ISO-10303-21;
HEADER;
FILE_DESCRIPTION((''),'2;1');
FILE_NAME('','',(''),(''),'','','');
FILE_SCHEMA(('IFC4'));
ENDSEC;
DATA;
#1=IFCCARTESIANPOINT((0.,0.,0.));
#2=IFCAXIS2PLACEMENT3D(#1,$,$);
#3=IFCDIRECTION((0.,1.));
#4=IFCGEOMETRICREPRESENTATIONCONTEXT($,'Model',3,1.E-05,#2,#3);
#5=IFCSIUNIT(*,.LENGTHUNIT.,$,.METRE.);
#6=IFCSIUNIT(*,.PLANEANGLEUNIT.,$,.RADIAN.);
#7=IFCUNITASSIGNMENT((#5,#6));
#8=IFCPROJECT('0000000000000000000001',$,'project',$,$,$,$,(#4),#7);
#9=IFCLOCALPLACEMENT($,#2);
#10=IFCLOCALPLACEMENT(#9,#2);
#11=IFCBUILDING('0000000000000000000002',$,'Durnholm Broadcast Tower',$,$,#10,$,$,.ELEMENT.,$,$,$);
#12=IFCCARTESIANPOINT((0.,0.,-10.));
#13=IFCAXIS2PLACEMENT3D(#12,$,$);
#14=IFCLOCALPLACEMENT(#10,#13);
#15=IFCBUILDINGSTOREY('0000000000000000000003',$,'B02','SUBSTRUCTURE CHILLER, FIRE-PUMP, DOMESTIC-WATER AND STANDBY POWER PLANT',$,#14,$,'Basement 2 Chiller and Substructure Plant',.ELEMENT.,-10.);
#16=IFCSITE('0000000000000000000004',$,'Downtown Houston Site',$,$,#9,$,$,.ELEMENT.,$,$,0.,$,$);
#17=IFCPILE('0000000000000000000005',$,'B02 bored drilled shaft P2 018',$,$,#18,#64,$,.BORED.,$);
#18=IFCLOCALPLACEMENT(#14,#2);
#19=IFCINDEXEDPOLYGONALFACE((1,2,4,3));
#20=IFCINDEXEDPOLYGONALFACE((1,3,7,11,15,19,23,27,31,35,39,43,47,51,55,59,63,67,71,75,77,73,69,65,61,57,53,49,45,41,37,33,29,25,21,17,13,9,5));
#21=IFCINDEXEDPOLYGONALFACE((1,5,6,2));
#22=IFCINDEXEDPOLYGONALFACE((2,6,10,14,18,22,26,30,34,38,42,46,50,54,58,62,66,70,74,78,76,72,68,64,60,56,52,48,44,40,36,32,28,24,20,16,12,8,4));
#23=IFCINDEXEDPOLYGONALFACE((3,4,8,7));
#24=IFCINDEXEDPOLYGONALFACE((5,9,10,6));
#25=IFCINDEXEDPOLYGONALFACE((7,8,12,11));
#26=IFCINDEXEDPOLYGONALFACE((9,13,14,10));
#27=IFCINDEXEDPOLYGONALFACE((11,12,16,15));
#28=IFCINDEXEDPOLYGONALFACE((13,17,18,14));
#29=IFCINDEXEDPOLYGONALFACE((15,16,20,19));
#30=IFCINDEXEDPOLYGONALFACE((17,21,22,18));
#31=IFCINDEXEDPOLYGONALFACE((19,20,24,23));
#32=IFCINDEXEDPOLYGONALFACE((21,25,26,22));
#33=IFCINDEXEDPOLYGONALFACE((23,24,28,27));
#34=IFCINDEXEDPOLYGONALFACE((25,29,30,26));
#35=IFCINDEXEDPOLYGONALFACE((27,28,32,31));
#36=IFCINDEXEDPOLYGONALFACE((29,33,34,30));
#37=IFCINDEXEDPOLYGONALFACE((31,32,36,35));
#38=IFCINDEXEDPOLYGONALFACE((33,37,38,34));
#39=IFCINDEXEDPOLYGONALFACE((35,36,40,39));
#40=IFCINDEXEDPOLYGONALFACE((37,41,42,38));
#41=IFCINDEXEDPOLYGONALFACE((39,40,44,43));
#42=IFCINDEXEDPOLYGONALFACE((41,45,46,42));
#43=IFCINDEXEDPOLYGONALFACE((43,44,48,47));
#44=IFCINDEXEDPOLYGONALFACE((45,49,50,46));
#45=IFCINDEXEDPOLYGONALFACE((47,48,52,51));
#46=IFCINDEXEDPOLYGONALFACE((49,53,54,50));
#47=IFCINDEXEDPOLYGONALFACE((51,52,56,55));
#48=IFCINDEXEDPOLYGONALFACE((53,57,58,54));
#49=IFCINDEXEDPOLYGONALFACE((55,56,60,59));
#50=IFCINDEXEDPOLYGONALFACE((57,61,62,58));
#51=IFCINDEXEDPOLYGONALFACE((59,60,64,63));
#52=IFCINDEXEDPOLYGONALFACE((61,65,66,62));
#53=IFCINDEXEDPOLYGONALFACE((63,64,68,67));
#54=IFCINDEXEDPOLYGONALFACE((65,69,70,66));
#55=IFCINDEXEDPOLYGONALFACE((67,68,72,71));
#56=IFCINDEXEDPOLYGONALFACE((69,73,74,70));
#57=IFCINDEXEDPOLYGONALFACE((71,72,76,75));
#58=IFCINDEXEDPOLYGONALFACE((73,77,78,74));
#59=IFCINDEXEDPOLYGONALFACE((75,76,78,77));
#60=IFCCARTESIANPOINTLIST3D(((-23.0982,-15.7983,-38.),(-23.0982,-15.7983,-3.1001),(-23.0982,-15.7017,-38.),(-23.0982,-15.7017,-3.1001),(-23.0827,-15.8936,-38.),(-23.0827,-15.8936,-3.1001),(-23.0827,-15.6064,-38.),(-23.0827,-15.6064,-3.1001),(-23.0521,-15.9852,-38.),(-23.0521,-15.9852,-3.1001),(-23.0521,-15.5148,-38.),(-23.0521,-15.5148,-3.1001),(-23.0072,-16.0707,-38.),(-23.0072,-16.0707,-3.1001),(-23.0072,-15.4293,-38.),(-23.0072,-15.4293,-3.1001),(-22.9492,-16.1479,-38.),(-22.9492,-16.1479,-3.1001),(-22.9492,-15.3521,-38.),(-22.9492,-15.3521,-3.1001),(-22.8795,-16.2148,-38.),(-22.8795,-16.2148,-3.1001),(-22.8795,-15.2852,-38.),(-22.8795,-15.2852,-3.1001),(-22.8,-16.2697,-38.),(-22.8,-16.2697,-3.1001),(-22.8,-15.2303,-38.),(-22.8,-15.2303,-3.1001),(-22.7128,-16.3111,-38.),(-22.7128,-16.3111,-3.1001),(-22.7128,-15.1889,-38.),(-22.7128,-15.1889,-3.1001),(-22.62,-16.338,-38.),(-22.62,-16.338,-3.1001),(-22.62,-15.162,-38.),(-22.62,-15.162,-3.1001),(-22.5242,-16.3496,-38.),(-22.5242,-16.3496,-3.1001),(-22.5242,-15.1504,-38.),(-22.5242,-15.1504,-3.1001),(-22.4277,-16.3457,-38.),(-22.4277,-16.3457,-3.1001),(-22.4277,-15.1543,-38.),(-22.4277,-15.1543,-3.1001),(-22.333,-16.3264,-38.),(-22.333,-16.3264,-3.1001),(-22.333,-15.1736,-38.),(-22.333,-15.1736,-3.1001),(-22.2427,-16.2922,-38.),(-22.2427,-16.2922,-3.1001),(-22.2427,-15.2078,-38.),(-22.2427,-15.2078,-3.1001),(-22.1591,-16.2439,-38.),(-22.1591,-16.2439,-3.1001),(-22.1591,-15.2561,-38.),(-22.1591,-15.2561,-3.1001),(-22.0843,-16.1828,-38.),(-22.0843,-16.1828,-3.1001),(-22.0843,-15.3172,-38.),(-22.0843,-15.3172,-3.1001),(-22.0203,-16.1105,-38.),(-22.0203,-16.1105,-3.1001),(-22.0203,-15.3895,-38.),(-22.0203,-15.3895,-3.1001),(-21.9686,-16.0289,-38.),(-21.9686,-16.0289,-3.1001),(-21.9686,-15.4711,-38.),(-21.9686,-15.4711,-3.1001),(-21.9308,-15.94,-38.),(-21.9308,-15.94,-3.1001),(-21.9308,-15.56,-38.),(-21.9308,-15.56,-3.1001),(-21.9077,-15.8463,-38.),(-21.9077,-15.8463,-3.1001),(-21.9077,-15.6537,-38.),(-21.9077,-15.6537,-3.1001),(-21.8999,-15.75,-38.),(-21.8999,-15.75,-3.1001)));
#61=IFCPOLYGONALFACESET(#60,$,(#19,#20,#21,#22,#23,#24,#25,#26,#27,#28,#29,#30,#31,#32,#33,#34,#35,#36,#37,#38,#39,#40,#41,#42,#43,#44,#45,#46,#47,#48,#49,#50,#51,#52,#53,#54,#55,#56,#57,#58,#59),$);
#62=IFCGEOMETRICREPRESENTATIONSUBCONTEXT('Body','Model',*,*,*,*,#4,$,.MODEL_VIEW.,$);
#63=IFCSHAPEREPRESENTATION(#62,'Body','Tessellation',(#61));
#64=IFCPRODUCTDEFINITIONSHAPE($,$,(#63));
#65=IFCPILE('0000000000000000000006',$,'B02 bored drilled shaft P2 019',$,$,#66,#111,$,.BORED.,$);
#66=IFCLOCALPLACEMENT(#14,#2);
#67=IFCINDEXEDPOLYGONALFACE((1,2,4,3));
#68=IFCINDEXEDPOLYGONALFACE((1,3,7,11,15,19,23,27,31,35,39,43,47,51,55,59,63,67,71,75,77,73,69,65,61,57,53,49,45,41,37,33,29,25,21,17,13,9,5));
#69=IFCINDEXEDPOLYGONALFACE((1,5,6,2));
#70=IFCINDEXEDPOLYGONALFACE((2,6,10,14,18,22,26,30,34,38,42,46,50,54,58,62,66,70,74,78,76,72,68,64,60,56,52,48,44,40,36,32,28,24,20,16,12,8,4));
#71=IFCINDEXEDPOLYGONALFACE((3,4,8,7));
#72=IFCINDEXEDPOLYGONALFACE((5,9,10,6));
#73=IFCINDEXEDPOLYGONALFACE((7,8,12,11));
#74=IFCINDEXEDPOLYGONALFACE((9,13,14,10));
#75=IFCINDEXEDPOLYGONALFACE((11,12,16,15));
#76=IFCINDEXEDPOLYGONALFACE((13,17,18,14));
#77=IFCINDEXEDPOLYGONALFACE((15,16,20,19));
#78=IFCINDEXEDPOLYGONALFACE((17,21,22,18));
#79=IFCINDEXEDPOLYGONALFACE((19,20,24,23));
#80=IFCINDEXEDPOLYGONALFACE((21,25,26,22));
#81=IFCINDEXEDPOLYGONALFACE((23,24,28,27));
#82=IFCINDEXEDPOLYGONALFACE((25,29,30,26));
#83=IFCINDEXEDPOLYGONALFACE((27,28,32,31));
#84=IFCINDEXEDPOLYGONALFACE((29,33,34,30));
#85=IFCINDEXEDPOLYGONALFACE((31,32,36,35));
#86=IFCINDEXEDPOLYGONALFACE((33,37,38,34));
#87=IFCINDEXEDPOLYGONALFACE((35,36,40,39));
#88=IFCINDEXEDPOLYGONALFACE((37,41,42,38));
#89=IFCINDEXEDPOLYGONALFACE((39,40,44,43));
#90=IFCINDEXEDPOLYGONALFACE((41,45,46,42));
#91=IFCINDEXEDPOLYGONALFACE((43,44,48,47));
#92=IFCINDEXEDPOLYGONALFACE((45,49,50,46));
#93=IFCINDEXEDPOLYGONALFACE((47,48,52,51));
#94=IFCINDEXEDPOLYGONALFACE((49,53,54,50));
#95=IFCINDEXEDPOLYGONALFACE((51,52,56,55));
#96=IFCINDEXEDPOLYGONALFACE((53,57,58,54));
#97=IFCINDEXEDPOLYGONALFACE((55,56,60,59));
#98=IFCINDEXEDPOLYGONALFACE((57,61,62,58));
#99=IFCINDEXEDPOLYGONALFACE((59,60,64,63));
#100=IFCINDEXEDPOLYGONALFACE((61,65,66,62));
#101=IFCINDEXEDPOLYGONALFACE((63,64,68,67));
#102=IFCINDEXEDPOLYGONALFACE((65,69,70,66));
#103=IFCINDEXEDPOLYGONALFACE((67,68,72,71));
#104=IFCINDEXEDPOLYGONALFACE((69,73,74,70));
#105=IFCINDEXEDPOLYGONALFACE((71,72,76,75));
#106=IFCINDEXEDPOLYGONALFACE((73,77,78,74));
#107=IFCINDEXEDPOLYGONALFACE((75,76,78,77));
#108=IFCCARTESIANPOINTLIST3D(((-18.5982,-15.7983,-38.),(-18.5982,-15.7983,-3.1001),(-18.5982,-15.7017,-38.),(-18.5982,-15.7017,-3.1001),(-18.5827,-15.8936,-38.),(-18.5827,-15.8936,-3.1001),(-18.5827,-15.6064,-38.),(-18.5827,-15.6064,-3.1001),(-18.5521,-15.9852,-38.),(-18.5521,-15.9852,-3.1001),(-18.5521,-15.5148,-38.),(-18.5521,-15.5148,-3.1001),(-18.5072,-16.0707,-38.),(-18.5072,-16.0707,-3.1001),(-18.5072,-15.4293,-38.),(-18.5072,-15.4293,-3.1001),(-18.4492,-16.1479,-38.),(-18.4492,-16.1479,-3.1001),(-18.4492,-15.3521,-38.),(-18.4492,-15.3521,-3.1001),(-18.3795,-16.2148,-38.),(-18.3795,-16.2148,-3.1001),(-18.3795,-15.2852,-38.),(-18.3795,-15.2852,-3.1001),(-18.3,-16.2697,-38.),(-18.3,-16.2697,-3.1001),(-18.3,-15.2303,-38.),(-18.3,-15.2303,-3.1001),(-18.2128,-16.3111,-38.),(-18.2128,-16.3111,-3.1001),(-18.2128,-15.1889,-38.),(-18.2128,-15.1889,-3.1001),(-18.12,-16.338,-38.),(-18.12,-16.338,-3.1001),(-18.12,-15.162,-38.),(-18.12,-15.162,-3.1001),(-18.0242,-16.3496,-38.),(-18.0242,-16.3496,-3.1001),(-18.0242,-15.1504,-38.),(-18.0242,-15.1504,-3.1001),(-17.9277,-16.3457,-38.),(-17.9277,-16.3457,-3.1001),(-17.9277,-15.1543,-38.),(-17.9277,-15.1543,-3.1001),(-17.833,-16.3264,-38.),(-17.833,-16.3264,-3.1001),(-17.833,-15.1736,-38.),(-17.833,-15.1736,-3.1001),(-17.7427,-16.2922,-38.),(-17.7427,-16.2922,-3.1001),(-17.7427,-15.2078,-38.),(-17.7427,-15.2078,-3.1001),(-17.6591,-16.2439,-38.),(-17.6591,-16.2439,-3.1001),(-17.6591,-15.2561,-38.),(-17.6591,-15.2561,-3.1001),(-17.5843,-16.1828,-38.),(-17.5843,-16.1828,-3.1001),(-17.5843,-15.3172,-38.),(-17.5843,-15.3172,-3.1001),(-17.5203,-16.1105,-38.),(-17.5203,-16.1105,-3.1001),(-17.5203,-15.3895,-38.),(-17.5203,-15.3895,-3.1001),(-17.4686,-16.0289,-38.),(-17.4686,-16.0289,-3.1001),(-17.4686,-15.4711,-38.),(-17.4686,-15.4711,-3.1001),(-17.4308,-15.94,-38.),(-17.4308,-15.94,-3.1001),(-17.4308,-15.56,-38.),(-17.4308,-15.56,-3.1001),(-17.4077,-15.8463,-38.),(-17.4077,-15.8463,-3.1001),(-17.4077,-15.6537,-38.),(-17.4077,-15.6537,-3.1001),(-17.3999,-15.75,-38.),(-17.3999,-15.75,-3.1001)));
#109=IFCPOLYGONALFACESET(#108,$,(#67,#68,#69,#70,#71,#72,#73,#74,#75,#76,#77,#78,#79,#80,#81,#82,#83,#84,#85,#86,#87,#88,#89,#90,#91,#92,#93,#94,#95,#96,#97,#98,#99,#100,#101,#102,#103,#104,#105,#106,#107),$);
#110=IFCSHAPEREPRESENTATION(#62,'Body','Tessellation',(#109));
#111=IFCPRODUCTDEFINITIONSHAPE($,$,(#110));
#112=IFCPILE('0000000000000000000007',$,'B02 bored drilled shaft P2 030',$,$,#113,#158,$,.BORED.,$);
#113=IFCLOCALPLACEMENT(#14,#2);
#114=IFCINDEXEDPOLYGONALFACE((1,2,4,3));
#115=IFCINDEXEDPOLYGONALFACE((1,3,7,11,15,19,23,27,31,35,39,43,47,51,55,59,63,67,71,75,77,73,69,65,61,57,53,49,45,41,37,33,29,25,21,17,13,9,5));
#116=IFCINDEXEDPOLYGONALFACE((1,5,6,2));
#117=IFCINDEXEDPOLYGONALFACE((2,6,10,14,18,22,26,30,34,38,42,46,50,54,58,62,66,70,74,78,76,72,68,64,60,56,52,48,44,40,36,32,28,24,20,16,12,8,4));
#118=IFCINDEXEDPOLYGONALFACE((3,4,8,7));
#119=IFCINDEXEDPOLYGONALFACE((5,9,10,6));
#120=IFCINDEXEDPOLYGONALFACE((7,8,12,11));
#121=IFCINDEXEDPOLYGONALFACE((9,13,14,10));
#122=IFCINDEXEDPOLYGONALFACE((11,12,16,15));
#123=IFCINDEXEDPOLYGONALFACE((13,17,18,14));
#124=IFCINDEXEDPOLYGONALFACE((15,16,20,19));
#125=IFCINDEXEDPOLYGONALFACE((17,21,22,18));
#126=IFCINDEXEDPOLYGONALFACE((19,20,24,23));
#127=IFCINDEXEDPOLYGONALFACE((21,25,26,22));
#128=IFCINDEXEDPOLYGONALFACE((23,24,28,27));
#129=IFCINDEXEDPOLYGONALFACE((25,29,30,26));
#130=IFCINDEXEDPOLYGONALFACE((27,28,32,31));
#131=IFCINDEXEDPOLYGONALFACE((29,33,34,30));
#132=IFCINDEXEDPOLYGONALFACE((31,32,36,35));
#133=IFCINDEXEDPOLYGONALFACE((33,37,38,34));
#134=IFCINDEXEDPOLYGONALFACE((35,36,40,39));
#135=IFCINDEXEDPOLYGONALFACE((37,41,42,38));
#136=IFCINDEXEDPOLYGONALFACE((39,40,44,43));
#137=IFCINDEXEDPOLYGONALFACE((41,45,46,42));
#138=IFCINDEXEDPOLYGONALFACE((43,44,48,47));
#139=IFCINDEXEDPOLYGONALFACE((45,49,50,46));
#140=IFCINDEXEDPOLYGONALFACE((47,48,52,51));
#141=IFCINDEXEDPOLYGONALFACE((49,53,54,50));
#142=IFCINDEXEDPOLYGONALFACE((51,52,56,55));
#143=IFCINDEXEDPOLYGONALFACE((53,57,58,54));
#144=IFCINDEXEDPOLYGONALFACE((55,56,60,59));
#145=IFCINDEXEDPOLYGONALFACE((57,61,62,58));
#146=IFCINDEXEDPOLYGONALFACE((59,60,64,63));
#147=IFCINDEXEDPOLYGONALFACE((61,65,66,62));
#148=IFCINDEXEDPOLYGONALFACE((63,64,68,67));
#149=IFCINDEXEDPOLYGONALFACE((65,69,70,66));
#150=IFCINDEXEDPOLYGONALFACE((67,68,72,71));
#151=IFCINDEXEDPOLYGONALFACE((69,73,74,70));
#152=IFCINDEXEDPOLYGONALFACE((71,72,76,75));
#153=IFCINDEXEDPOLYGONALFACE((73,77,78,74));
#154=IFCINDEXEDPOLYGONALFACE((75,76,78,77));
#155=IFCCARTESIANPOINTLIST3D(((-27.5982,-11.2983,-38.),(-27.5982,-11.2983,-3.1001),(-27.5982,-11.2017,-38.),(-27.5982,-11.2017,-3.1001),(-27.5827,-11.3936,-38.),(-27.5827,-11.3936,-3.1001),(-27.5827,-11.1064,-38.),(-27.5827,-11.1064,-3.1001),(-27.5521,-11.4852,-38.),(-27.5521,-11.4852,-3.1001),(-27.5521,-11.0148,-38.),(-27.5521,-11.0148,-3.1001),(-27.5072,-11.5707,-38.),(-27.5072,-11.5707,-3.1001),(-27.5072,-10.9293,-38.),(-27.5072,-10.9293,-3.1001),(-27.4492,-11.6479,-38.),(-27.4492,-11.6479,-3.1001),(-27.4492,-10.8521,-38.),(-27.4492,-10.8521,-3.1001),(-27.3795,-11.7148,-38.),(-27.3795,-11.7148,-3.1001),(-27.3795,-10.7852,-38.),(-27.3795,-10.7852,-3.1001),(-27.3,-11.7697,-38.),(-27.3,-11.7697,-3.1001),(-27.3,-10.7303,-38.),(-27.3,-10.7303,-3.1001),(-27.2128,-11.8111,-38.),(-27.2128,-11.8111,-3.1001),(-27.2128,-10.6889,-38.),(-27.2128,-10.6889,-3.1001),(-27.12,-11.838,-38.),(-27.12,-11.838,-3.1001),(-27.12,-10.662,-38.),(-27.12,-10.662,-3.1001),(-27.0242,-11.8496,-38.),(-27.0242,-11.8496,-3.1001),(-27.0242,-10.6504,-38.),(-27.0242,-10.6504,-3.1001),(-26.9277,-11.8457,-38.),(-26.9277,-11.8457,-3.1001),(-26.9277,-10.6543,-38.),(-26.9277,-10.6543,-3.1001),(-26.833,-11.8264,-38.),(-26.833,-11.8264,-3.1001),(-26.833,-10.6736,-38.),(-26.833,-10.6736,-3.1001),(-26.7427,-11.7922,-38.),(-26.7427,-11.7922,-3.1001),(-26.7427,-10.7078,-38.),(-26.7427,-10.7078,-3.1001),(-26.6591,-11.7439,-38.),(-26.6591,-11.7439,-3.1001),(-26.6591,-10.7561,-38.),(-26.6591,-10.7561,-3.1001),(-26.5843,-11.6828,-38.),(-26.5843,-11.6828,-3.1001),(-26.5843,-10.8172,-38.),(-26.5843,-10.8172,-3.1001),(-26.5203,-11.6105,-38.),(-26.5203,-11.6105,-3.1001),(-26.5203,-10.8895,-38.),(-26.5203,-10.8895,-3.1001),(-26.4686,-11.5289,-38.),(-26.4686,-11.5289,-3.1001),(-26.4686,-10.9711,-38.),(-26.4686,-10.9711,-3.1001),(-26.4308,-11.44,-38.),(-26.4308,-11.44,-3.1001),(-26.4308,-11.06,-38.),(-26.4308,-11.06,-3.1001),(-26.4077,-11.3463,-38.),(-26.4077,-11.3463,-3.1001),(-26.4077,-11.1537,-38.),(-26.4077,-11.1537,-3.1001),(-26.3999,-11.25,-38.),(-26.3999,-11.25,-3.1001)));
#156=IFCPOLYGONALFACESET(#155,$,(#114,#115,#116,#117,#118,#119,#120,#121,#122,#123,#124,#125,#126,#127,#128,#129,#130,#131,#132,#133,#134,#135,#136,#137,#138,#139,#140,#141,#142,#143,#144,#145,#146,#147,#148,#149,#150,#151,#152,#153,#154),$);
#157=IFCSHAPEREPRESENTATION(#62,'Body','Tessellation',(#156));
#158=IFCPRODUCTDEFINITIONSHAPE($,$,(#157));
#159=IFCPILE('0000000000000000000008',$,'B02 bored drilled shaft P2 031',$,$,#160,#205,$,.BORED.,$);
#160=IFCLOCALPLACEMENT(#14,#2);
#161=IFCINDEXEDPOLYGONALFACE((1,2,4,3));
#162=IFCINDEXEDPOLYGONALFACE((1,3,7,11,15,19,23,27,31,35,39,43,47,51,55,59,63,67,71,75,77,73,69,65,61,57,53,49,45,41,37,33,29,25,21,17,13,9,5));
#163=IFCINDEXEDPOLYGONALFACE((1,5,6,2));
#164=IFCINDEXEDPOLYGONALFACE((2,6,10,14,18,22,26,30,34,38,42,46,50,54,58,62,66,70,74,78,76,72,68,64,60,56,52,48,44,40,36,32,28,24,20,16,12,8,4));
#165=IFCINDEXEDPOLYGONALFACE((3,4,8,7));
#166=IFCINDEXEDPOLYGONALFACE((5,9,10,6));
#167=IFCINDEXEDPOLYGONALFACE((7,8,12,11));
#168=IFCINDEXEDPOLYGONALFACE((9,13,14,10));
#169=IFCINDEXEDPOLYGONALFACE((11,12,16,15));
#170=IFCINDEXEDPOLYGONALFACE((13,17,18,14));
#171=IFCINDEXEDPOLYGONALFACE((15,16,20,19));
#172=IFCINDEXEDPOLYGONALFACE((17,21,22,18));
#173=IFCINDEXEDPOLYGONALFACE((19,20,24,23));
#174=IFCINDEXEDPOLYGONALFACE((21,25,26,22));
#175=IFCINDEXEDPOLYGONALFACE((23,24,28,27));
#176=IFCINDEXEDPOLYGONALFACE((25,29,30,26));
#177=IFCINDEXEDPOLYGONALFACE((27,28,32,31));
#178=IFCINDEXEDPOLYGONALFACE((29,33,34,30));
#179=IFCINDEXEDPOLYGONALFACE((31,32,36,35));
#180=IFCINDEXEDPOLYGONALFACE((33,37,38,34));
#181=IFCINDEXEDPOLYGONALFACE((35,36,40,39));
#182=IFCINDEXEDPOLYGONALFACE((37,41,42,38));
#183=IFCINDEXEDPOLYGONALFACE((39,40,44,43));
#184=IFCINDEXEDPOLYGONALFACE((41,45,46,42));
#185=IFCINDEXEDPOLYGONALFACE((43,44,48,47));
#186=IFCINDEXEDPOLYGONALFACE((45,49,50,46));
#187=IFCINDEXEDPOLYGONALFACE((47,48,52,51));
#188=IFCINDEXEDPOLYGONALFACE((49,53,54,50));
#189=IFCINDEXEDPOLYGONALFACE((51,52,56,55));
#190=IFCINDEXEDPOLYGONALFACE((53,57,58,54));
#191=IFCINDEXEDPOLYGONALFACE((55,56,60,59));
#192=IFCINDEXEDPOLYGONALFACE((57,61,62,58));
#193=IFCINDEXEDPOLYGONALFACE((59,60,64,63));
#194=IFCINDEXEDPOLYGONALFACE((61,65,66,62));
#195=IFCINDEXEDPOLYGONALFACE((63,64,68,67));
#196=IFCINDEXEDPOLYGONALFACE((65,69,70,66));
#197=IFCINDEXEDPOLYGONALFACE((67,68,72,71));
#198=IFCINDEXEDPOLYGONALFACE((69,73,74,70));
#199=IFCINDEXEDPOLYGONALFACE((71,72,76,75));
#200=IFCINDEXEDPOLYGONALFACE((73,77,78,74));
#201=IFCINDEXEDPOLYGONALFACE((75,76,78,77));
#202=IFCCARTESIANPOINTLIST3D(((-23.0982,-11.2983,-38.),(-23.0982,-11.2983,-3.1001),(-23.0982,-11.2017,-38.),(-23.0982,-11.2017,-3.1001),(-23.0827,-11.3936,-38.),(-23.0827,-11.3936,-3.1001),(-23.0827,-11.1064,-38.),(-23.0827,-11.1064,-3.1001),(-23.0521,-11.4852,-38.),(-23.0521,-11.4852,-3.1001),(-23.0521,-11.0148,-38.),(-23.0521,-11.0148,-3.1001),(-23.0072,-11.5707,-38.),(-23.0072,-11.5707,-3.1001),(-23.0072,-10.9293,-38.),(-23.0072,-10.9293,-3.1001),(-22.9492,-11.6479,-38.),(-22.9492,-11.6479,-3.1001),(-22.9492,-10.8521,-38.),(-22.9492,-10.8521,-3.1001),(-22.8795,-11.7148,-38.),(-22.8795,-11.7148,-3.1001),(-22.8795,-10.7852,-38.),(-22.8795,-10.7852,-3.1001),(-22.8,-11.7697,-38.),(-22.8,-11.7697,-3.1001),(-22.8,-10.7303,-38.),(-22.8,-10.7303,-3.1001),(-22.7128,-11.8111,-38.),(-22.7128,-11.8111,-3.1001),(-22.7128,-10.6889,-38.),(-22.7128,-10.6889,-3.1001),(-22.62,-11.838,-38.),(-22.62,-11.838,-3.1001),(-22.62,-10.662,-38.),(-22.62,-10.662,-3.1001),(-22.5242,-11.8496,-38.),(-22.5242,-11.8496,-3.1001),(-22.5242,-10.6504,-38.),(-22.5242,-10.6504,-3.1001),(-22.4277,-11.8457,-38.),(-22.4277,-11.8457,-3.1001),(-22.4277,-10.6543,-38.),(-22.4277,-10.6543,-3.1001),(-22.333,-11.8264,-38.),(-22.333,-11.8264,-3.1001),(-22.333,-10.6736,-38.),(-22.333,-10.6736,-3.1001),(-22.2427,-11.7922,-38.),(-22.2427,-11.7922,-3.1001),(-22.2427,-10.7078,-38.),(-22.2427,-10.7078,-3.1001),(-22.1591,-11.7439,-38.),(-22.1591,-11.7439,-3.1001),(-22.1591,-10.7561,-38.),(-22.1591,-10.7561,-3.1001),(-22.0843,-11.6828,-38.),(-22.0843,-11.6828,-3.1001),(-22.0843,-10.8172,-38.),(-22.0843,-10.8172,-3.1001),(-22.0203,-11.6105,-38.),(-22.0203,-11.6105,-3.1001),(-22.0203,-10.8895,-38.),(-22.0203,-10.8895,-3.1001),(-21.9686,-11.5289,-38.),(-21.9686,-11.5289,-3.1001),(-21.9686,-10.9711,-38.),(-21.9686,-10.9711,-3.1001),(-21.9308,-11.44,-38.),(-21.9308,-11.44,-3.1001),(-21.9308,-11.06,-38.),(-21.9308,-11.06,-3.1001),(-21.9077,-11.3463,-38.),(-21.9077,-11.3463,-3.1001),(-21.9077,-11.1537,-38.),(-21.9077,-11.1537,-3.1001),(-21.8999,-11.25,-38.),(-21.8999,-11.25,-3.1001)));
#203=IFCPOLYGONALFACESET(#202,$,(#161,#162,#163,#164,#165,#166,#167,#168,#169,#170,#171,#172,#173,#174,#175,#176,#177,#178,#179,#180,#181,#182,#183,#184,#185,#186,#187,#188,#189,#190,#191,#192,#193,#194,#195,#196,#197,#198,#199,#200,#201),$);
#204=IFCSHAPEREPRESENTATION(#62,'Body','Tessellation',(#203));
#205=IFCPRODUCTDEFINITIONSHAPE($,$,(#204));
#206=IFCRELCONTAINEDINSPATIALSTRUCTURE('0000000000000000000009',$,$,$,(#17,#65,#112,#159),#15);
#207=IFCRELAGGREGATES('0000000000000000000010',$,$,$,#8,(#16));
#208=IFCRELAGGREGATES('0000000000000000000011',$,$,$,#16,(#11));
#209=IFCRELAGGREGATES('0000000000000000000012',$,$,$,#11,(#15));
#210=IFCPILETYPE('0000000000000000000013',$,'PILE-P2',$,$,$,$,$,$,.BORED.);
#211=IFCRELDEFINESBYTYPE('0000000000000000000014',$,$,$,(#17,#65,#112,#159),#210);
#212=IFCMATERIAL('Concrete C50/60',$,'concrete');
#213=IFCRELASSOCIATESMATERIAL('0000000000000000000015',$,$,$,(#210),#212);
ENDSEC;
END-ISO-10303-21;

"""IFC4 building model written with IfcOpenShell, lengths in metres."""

from ifc_helpers import new_model, si_unit, direction, frame, origin, origin_2d, place, context, subcontext, project, spatial, circle, extrude, source, transform, mapped, material, material_profile, profile_set, type_object, type_shapes, element, save


model = new_model("IFC4")

# Units and contexts
model_context = context("Model", 3, precision=1e-05, world=origin(), true_north=direction((0.0, 1.0)))
body_context = subcontext(model_context, "Body", "Model", "MODEL_VIEW")
ifc_project = project(units=[si_unit("LENGTHUNIT", "METRE"), si_unit("PLANEANGLEUNIT", "RADIAN")], contexts=[model_context])

# Site, building, storey
site_placement = place(None, origin())
site = spatial("IfcSite", under=ifc_project, at=site_placement, Name="Downtown Houston Site", CompositionType="ELEMENT", RefElevation=0.0)
building_placement = place(site_placement, origin())
building = spatial("IfcBuilding", under=site, at=building_placement, Name="Durnholm Broadcast Tower", CompositionType="ELEMENT")
storey_placement = place(building_placement, frame((0.0, 0.0, -10.0)))
storey = spatial("IfcBuildingStorey", under=building, at=storey_placement, Name="B02", Description="SUBSTRUCTURE CHILLER, FIRE-PUMP, DOMESTIC-WATER AND STANDBY POWER PLANT", LongName="Basement 2 Chiller and Substructure Plant", CompositionType="ELEMENT", Elevation=-10.0)

# Piles
ifc_material_1 = material(Name="Concrete C50/60", Category="concrete")
ifc_material_profile_1 = material_profile(ifc_material_1, circle(Radius=0.6001, at=origin_2d()), Name="PILE1200")
ifc_profile_set_1 = profile_set([ifc_material_profile_1], Name="Concrete C50/60")
pile_type_1 = type_object("IfcPileType", Name="PILE-P2", PredefinedType="BORED", material=ifc_profile_set_1)
shared_shape_1 = source(origin(), body_context, "Body", "SweptSolid", [
    extrude(circle(Radius=0.6001, at=origin_2d()), origin(), (0.0, 0.0, 1.0), 34.8999),
])
type_shapes(pile_type_1, [shared_shape_1])
for number, where, z_axis, x_axis, name in (
    (1, (-22.5, -15.75, -3.1001), (0.0, 0.0, -1.0), (1.0, 0.0, 0.0), "B02 bored drilled shaft P2 018"),
    (2, (-18.0, -15.75, -3.1001), (0.0, 0.0, -1.0), (1.0, 0.0, 0.0), "B02 bored drilled shaft P2 019"),
    (3, (-27.0, -11.25, -3.1001), (0.0, 0.0, -1.0), (1.0, 0.0, 0.0), "B02 bored drilled shaft P2 030"),
    (4, (-22.5, -11.25, -3.1001), (0.0, 0.0, -1.0), (1.0, 0.0, 0.0), "B02 bored drilled shaft P2 031"),
):
    element("IfcPile", number, at=place(storey_placement, frame(where, z_axis=z_axis, x_axis=x_axis)), inside=storey, type_object=pile_type_1, Name=name, PredefinedType="BORED", context=body_context, shape_type="MappedRepresentation", body=[
        mapped(shared_shape_1, transform((0.0, 0.0, 0.0), x_axis=(1.0, 0.0, 0.0), y_axis=(0.0, 1.0, 0.0), z_axis=(0.0, 0.0, 1.0), scale=1.0)),
    ])

save(model, "model.ifc")
